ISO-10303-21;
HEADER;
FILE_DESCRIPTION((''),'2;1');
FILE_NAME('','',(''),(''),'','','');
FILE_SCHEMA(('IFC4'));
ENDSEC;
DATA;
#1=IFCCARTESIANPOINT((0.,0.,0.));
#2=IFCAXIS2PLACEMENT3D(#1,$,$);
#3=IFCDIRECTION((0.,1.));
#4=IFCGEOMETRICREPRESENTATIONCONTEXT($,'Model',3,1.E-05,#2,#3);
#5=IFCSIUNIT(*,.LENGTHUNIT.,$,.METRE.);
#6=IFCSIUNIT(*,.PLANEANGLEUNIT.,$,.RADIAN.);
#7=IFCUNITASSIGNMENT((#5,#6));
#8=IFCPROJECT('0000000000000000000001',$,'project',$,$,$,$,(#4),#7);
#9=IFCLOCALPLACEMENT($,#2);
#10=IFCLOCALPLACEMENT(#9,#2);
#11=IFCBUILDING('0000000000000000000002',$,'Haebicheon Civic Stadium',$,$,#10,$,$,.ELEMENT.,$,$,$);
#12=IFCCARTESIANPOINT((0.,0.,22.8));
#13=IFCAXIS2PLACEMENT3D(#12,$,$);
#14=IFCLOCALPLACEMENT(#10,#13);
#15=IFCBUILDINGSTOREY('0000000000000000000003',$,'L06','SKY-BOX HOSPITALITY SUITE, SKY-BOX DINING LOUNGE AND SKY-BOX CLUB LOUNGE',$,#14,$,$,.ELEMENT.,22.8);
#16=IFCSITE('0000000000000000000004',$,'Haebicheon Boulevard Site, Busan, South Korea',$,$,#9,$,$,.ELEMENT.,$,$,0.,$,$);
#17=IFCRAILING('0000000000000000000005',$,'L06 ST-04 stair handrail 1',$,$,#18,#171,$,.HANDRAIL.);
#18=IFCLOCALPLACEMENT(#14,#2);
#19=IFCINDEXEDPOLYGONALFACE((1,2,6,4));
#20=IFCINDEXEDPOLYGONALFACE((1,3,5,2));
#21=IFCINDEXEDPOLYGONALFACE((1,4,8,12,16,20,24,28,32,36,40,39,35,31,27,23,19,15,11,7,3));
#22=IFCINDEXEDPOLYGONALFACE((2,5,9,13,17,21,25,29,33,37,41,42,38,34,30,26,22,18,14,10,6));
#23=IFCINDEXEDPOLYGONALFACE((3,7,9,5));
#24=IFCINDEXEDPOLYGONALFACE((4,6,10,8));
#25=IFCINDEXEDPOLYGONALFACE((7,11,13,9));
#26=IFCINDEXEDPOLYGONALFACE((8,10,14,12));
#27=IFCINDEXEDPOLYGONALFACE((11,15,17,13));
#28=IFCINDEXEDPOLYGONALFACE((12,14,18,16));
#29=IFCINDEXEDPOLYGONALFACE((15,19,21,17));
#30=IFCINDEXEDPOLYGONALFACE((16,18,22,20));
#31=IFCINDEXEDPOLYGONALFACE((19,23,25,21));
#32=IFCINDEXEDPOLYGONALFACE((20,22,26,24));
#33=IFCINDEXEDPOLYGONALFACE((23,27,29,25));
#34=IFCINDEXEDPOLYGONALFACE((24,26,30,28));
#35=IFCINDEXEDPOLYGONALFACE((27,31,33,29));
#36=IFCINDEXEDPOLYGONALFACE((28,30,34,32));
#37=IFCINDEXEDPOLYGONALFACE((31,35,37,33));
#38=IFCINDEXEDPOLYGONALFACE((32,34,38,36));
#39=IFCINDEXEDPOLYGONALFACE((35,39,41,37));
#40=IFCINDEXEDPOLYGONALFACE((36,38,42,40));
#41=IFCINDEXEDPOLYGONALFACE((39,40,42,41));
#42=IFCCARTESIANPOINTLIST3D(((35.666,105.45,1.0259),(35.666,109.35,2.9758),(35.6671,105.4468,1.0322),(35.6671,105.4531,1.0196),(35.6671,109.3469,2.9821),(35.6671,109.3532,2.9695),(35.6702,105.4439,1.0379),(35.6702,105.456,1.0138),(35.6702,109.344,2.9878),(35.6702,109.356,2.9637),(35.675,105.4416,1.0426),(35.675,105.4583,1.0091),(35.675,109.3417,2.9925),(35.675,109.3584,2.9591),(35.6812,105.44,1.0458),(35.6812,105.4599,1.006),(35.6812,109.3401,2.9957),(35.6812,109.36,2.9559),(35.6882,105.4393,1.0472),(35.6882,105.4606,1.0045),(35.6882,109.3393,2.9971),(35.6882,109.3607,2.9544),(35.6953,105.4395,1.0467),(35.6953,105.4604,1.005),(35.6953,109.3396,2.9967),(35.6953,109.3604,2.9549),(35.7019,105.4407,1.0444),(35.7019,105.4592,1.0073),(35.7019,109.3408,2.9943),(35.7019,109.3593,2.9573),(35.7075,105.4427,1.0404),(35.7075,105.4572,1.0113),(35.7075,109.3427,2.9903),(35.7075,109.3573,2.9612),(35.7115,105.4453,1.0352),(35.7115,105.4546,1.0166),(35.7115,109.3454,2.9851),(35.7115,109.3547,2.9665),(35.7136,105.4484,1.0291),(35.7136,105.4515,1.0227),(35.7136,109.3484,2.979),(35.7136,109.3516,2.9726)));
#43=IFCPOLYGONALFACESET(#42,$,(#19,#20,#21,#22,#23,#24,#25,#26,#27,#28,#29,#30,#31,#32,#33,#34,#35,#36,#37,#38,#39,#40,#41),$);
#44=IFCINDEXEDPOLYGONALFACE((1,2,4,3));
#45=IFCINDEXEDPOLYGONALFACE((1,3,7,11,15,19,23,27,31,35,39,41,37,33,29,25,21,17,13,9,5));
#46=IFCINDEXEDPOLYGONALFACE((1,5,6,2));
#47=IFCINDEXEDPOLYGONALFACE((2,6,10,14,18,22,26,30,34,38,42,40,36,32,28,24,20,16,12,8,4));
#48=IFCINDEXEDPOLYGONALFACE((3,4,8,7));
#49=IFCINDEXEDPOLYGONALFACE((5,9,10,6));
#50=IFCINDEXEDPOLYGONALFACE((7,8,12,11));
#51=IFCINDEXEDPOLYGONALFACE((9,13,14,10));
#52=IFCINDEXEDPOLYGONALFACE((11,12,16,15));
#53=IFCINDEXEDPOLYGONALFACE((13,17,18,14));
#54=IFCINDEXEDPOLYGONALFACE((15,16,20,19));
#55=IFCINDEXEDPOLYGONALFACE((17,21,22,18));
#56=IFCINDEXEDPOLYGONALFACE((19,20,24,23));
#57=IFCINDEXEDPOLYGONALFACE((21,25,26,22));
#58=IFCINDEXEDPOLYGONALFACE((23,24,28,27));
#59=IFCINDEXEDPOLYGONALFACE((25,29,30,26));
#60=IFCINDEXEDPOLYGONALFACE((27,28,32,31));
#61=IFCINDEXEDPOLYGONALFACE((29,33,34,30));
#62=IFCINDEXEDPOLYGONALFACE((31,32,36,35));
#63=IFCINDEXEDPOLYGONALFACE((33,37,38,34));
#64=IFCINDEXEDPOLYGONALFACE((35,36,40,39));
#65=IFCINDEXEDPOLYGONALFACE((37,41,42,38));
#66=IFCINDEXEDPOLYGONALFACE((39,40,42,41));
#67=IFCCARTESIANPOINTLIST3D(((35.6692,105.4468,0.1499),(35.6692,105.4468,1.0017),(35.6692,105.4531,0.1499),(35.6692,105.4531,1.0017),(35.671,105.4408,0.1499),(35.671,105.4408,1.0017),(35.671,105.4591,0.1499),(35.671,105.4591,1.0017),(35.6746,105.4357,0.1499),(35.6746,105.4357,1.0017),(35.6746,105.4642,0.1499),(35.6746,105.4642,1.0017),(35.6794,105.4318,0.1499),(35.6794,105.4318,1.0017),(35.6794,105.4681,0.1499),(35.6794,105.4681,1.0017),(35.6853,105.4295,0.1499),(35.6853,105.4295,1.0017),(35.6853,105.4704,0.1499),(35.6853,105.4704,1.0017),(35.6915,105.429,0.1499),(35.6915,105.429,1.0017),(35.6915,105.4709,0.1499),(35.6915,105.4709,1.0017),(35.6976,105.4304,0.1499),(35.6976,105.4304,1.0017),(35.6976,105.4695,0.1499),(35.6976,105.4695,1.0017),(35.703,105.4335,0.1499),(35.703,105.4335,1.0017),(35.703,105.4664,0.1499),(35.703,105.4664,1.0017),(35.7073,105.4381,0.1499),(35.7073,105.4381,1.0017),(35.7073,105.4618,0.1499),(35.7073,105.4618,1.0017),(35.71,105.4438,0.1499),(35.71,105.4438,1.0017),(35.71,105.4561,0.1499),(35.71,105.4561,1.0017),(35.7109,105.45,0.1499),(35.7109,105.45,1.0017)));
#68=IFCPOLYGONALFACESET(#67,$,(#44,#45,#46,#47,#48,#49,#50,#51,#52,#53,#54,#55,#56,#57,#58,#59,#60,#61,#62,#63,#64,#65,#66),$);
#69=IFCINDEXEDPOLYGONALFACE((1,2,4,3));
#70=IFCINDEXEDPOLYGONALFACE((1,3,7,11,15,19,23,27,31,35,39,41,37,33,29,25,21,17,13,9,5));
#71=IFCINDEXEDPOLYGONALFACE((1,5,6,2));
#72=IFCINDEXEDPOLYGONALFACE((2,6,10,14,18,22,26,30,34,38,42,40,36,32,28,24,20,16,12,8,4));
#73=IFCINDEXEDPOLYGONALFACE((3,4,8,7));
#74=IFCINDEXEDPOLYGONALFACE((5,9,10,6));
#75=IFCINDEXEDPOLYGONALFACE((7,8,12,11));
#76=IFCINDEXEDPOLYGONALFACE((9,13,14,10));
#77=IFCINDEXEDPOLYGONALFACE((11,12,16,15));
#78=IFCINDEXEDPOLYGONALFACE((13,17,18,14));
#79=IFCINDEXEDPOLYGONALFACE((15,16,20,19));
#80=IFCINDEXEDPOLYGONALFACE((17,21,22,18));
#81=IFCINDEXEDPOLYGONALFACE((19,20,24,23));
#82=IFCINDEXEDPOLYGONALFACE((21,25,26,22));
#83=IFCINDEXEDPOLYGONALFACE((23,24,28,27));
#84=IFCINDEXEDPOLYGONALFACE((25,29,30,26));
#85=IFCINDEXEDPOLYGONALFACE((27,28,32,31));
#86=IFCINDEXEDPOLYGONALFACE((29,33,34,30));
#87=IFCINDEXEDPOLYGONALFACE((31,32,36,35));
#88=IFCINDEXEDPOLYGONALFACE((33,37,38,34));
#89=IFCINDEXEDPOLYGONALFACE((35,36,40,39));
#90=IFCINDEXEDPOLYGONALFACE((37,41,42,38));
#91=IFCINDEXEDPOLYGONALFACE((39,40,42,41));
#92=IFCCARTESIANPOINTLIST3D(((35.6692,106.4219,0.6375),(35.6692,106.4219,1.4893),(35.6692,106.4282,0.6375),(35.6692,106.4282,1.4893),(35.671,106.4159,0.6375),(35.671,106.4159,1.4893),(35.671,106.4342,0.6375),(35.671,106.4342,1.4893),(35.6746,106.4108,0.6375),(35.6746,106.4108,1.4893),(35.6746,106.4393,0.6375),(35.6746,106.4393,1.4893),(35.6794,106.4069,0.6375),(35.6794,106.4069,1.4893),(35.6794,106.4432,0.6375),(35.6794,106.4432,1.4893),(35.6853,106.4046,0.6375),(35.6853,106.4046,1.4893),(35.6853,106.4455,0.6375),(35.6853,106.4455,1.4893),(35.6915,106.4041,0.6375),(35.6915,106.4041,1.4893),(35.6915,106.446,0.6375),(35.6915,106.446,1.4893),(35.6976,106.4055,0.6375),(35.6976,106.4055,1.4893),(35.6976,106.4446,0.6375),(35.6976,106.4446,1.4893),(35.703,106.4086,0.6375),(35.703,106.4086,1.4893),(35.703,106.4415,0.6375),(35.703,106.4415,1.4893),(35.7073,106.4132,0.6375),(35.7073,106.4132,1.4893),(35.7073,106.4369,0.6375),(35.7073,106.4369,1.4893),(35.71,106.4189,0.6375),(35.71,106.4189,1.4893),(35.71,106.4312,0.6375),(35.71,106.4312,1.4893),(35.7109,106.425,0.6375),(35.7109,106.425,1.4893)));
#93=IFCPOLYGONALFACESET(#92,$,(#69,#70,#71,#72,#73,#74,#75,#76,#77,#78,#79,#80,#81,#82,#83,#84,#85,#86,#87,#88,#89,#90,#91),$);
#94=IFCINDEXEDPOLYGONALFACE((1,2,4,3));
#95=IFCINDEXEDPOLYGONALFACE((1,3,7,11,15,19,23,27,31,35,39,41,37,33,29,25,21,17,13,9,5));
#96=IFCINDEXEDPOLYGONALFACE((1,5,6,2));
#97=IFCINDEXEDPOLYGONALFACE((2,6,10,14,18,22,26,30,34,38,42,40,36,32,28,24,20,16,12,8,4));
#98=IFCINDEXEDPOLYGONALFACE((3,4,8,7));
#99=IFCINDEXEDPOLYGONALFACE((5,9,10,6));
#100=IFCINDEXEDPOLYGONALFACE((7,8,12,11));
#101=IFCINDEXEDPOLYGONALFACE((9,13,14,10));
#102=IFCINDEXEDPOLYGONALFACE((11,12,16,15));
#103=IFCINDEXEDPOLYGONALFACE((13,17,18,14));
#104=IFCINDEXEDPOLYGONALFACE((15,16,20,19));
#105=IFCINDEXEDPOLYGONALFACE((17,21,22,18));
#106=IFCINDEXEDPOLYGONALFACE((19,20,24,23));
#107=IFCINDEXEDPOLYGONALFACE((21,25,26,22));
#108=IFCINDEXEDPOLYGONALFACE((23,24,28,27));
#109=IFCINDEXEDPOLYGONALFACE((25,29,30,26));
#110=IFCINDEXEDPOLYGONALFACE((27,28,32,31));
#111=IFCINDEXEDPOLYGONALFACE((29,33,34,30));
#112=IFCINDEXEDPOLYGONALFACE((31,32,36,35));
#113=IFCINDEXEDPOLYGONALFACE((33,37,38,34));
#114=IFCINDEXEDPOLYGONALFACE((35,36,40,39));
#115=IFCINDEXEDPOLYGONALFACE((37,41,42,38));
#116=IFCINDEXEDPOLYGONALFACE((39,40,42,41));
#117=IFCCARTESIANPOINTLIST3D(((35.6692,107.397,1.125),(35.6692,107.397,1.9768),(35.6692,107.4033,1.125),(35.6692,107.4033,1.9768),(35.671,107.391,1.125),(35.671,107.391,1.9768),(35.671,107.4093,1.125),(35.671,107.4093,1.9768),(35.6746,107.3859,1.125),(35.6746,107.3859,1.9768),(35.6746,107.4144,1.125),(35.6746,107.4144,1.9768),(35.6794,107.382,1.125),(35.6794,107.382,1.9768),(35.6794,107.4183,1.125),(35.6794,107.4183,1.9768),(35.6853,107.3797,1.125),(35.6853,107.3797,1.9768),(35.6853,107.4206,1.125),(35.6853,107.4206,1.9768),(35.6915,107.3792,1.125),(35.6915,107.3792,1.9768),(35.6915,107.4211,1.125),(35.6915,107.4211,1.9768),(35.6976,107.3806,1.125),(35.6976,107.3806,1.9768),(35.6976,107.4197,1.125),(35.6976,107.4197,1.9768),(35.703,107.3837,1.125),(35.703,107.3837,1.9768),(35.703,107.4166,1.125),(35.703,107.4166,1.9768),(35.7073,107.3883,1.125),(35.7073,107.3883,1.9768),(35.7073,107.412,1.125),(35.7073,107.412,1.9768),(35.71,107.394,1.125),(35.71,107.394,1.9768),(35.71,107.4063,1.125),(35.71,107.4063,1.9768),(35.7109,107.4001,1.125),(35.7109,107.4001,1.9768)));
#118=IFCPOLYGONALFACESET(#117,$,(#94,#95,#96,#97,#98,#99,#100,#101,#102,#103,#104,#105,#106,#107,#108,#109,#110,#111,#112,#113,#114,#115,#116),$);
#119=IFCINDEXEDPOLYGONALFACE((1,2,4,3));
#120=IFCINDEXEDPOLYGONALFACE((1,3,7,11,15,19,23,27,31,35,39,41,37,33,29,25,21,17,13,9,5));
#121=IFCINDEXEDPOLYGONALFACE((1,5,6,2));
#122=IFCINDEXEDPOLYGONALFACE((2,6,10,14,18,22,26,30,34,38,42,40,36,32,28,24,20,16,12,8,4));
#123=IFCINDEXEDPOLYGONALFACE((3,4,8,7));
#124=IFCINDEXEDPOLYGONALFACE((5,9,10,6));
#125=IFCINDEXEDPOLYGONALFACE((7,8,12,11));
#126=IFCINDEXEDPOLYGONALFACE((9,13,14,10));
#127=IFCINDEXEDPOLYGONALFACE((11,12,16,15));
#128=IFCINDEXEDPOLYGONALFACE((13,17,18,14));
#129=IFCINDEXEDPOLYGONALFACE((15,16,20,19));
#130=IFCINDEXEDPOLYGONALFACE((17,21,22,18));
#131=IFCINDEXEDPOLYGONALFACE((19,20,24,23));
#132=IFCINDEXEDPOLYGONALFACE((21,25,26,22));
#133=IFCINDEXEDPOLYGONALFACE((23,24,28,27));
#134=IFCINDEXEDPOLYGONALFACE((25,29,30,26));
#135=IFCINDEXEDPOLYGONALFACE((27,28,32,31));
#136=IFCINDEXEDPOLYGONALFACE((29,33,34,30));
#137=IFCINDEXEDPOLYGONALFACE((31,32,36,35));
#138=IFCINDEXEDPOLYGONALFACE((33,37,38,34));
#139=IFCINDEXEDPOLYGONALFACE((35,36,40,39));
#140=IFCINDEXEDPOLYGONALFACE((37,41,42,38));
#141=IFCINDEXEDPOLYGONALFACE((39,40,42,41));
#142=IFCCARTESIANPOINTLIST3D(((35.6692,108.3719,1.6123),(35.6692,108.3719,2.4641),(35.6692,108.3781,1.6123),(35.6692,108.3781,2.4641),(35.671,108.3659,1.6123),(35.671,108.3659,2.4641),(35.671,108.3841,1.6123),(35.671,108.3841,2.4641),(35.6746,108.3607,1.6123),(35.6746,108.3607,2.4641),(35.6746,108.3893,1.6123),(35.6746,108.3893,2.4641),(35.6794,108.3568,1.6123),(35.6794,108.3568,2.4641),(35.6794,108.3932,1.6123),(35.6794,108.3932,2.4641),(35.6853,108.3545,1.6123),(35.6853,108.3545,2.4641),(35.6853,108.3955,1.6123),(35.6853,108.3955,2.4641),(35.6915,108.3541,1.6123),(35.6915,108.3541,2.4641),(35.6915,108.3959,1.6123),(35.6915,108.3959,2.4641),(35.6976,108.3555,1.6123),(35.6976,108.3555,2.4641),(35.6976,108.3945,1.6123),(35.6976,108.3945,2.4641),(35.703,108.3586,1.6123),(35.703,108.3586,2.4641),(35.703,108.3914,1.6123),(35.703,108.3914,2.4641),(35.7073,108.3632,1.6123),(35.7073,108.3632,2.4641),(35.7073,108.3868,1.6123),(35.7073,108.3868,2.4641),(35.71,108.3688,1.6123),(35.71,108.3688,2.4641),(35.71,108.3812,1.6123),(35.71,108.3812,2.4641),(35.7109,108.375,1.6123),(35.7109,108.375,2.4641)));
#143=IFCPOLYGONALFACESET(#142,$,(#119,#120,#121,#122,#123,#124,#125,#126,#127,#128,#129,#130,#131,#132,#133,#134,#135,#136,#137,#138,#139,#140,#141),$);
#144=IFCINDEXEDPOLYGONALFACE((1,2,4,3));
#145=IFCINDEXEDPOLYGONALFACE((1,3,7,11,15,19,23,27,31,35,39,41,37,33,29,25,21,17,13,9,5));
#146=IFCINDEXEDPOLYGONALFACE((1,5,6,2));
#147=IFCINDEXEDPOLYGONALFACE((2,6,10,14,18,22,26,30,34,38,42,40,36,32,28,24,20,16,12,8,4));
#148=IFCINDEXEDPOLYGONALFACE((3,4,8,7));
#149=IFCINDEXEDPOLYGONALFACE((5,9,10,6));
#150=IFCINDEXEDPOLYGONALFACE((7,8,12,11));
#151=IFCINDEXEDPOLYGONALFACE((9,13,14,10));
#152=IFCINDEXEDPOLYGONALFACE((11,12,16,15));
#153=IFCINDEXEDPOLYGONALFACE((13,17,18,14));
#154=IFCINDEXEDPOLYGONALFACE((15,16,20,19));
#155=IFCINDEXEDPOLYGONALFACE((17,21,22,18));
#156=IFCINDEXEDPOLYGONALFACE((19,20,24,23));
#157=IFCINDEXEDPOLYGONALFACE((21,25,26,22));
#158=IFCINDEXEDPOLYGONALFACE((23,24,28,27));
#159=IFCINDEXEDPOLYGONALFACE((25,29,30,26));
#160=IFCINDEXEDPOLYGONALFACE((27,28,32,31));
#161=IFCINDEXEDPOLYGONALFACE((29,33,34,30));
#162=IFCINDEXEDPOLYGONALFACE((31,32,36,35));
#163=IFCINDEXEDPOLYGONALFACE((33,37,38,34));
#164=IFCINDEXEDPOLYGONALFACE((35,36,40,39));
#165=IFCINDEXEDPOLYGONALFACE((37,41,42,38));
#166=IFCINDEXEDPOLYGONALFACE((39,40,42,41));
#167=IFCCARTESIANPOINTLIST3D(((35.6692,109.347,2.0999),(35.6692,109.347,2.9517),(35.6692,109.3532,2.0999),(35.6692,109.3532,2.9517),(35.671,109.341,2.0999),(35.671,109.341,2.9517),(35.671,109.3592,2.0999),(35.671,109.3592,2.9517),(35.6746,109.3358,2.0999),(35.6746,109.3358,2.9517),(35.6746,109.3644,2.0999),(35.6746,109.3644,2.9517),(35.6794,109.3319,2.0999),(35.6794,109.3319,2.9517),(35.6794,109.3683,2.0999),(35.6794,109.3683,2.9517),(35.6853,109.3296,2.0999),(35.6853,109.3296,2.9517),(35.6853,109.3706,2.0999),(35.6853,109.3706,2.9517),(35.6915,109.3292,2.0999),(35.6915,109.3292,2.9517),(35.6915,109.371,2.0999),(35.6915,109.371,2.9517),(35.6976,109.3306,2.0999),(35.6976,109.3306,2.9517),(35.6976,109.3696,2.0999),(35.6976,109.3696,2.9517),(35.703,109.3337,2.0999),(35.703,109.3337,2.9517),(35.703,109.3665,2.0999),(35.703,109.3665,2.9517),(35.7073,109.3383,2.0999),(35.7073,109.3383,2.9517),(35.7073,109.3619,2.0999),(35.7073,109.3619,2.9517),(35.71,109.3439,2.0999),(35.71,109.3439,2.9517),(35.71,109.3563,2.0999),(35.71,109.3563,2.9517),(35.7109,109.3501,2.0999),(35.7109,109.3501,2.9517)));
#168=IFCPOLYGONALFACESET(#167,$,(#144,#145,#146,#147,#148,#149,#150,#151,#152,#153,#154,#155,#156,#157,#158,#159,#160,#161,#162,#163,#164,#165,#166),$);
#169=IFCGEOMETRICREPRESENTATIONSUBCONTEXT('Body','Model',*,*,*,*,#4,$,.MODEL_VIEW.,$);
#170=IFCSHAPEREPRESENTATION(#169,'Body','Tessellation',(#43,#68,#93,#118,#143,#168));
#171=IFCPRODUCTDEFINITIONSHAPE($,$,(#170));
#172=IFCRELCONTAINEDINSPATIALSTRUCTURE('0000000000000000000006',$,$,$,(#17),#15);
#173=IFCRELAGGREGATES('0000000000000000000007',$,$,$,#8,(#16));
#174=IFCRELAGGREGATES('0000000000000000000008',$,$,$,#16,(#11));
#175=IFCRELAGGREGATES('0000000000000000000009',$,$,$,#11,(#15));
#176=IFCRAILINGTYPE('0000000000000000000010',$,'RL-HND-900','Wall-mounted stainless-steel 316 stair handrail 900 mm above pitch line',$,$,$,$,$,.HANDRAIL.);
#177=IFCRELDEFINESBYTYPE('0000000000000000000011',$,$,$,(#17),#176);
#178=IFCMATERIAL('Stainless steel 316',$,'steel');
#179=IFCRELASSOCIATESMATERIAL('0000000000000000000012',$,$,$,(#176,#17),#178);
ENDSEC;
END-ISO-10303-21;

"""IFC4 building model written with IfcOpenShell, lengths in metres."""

from ifc_helpers import new_model, si_unit, direction, frame, origin, origin_2d, place, context, subcontext, project, spatial, circle, extrude, material, type_object, element, save


model = new_model("IFC4")

# Units and contexts
model_context = context("Model", 3, precision=1e-05, world=origin(), true_north=direction((0.0, 1.0)))
body_context = subcontext(model_context, "Body", "Model", "MODEL_VIEW")
ifc_project = project(units=[si_unit("LENGTHUNIT", "METRE"), si_unit("PLANEANGLEUNIT", "RADIAN")], contexts=[model_context])

# Site, building, storey
site_placement = place(None, origin())
site = spatial("IfcSite", under=ifc_project, at=site_placement, Name="Haebicheon Boulevard Site, Busan, South Korea", CompositionType="ELEMENT", RefElevation=0.0)
building_placement = place(site_placement, origin())
building = spatial("IfcBuilding", under=site, at=building_placement, Name="Haebicheon Civic Stadium", CompositionType="ELEMENT")
storey_placement = place(building_placement, frame((0.0, 0.0, 22.8)))
storey = spatial("IfcBuildingStorey", under=building, at=storey_placement, Name="L06", Description="SKY-BOX HOSPITALITY SUITE, SKY-BOX DINING LOUNGE AND SKY-BOX CLUB LOUNGE", CompositionType="ELEMENT", Elevation=22.8)

# Railing
ifc_material_1 = material(Name="Stainless steel 316", Category="steel")
railing_type_1 = type_object("IfcRailingType", Name="RL-HND-900", Description="Wall-mounted stainless-steel 316 stair handrail 900 mm above pitch line", PredefinedType="HANDRAIL", material=ifc_material_1)
railing_1_placement = place(storey_placement, frame((35.6899, 105.45, 0.1499)))
element("IfcRailing", 1, at=railing_1_placement, inside=storey, type_object=railing_type_1, material=ifc_material_1, Name="L06 ST-04 stair handrail 1", PredefinedType="HANDRAIL", context=body_context, shape_type="SweptSolid", body=[
    extrude(circle(Radius=0.0239, at=origin_2d()), frame((0.0, 0.0, 0.876), z_axis=(0.0, 0.894438, 0.447191), x_axis=(-1.0, 0.0, 0.0)), (0.0, 0.0, 1.0), 4.3604),
    extrude(circle(Radius=0.021, at=origin_2d()), origin(), (0.0, 0.0, 1.0), 0.8518),
    extrude(circle(Radius=0.021, at=origin_2d()), frame((0.0, 0.9751, 0.4875)), (0.0, 0.0, 1.0), 0.8518),
    extrude(circle(Radius=0.021, at=origin_2d()), frame((0.0, 1.9502, 0.9751)), (0.0, 0.0, 1.0), 0.8518),
    extrude(circle(Radius=0.021, at=origin_2d()), frame((0.0, 2.925, 1.4624)), (0.0, 0.0, 1.0), 0.8518),
    extrude(circle(Radius=0.021, at=origin_2d()), frame((0.0, 3.9001, 1.95)), (0.0, 0.0, 1.0), 0.8518),
])

save(model, "model.ifc")
